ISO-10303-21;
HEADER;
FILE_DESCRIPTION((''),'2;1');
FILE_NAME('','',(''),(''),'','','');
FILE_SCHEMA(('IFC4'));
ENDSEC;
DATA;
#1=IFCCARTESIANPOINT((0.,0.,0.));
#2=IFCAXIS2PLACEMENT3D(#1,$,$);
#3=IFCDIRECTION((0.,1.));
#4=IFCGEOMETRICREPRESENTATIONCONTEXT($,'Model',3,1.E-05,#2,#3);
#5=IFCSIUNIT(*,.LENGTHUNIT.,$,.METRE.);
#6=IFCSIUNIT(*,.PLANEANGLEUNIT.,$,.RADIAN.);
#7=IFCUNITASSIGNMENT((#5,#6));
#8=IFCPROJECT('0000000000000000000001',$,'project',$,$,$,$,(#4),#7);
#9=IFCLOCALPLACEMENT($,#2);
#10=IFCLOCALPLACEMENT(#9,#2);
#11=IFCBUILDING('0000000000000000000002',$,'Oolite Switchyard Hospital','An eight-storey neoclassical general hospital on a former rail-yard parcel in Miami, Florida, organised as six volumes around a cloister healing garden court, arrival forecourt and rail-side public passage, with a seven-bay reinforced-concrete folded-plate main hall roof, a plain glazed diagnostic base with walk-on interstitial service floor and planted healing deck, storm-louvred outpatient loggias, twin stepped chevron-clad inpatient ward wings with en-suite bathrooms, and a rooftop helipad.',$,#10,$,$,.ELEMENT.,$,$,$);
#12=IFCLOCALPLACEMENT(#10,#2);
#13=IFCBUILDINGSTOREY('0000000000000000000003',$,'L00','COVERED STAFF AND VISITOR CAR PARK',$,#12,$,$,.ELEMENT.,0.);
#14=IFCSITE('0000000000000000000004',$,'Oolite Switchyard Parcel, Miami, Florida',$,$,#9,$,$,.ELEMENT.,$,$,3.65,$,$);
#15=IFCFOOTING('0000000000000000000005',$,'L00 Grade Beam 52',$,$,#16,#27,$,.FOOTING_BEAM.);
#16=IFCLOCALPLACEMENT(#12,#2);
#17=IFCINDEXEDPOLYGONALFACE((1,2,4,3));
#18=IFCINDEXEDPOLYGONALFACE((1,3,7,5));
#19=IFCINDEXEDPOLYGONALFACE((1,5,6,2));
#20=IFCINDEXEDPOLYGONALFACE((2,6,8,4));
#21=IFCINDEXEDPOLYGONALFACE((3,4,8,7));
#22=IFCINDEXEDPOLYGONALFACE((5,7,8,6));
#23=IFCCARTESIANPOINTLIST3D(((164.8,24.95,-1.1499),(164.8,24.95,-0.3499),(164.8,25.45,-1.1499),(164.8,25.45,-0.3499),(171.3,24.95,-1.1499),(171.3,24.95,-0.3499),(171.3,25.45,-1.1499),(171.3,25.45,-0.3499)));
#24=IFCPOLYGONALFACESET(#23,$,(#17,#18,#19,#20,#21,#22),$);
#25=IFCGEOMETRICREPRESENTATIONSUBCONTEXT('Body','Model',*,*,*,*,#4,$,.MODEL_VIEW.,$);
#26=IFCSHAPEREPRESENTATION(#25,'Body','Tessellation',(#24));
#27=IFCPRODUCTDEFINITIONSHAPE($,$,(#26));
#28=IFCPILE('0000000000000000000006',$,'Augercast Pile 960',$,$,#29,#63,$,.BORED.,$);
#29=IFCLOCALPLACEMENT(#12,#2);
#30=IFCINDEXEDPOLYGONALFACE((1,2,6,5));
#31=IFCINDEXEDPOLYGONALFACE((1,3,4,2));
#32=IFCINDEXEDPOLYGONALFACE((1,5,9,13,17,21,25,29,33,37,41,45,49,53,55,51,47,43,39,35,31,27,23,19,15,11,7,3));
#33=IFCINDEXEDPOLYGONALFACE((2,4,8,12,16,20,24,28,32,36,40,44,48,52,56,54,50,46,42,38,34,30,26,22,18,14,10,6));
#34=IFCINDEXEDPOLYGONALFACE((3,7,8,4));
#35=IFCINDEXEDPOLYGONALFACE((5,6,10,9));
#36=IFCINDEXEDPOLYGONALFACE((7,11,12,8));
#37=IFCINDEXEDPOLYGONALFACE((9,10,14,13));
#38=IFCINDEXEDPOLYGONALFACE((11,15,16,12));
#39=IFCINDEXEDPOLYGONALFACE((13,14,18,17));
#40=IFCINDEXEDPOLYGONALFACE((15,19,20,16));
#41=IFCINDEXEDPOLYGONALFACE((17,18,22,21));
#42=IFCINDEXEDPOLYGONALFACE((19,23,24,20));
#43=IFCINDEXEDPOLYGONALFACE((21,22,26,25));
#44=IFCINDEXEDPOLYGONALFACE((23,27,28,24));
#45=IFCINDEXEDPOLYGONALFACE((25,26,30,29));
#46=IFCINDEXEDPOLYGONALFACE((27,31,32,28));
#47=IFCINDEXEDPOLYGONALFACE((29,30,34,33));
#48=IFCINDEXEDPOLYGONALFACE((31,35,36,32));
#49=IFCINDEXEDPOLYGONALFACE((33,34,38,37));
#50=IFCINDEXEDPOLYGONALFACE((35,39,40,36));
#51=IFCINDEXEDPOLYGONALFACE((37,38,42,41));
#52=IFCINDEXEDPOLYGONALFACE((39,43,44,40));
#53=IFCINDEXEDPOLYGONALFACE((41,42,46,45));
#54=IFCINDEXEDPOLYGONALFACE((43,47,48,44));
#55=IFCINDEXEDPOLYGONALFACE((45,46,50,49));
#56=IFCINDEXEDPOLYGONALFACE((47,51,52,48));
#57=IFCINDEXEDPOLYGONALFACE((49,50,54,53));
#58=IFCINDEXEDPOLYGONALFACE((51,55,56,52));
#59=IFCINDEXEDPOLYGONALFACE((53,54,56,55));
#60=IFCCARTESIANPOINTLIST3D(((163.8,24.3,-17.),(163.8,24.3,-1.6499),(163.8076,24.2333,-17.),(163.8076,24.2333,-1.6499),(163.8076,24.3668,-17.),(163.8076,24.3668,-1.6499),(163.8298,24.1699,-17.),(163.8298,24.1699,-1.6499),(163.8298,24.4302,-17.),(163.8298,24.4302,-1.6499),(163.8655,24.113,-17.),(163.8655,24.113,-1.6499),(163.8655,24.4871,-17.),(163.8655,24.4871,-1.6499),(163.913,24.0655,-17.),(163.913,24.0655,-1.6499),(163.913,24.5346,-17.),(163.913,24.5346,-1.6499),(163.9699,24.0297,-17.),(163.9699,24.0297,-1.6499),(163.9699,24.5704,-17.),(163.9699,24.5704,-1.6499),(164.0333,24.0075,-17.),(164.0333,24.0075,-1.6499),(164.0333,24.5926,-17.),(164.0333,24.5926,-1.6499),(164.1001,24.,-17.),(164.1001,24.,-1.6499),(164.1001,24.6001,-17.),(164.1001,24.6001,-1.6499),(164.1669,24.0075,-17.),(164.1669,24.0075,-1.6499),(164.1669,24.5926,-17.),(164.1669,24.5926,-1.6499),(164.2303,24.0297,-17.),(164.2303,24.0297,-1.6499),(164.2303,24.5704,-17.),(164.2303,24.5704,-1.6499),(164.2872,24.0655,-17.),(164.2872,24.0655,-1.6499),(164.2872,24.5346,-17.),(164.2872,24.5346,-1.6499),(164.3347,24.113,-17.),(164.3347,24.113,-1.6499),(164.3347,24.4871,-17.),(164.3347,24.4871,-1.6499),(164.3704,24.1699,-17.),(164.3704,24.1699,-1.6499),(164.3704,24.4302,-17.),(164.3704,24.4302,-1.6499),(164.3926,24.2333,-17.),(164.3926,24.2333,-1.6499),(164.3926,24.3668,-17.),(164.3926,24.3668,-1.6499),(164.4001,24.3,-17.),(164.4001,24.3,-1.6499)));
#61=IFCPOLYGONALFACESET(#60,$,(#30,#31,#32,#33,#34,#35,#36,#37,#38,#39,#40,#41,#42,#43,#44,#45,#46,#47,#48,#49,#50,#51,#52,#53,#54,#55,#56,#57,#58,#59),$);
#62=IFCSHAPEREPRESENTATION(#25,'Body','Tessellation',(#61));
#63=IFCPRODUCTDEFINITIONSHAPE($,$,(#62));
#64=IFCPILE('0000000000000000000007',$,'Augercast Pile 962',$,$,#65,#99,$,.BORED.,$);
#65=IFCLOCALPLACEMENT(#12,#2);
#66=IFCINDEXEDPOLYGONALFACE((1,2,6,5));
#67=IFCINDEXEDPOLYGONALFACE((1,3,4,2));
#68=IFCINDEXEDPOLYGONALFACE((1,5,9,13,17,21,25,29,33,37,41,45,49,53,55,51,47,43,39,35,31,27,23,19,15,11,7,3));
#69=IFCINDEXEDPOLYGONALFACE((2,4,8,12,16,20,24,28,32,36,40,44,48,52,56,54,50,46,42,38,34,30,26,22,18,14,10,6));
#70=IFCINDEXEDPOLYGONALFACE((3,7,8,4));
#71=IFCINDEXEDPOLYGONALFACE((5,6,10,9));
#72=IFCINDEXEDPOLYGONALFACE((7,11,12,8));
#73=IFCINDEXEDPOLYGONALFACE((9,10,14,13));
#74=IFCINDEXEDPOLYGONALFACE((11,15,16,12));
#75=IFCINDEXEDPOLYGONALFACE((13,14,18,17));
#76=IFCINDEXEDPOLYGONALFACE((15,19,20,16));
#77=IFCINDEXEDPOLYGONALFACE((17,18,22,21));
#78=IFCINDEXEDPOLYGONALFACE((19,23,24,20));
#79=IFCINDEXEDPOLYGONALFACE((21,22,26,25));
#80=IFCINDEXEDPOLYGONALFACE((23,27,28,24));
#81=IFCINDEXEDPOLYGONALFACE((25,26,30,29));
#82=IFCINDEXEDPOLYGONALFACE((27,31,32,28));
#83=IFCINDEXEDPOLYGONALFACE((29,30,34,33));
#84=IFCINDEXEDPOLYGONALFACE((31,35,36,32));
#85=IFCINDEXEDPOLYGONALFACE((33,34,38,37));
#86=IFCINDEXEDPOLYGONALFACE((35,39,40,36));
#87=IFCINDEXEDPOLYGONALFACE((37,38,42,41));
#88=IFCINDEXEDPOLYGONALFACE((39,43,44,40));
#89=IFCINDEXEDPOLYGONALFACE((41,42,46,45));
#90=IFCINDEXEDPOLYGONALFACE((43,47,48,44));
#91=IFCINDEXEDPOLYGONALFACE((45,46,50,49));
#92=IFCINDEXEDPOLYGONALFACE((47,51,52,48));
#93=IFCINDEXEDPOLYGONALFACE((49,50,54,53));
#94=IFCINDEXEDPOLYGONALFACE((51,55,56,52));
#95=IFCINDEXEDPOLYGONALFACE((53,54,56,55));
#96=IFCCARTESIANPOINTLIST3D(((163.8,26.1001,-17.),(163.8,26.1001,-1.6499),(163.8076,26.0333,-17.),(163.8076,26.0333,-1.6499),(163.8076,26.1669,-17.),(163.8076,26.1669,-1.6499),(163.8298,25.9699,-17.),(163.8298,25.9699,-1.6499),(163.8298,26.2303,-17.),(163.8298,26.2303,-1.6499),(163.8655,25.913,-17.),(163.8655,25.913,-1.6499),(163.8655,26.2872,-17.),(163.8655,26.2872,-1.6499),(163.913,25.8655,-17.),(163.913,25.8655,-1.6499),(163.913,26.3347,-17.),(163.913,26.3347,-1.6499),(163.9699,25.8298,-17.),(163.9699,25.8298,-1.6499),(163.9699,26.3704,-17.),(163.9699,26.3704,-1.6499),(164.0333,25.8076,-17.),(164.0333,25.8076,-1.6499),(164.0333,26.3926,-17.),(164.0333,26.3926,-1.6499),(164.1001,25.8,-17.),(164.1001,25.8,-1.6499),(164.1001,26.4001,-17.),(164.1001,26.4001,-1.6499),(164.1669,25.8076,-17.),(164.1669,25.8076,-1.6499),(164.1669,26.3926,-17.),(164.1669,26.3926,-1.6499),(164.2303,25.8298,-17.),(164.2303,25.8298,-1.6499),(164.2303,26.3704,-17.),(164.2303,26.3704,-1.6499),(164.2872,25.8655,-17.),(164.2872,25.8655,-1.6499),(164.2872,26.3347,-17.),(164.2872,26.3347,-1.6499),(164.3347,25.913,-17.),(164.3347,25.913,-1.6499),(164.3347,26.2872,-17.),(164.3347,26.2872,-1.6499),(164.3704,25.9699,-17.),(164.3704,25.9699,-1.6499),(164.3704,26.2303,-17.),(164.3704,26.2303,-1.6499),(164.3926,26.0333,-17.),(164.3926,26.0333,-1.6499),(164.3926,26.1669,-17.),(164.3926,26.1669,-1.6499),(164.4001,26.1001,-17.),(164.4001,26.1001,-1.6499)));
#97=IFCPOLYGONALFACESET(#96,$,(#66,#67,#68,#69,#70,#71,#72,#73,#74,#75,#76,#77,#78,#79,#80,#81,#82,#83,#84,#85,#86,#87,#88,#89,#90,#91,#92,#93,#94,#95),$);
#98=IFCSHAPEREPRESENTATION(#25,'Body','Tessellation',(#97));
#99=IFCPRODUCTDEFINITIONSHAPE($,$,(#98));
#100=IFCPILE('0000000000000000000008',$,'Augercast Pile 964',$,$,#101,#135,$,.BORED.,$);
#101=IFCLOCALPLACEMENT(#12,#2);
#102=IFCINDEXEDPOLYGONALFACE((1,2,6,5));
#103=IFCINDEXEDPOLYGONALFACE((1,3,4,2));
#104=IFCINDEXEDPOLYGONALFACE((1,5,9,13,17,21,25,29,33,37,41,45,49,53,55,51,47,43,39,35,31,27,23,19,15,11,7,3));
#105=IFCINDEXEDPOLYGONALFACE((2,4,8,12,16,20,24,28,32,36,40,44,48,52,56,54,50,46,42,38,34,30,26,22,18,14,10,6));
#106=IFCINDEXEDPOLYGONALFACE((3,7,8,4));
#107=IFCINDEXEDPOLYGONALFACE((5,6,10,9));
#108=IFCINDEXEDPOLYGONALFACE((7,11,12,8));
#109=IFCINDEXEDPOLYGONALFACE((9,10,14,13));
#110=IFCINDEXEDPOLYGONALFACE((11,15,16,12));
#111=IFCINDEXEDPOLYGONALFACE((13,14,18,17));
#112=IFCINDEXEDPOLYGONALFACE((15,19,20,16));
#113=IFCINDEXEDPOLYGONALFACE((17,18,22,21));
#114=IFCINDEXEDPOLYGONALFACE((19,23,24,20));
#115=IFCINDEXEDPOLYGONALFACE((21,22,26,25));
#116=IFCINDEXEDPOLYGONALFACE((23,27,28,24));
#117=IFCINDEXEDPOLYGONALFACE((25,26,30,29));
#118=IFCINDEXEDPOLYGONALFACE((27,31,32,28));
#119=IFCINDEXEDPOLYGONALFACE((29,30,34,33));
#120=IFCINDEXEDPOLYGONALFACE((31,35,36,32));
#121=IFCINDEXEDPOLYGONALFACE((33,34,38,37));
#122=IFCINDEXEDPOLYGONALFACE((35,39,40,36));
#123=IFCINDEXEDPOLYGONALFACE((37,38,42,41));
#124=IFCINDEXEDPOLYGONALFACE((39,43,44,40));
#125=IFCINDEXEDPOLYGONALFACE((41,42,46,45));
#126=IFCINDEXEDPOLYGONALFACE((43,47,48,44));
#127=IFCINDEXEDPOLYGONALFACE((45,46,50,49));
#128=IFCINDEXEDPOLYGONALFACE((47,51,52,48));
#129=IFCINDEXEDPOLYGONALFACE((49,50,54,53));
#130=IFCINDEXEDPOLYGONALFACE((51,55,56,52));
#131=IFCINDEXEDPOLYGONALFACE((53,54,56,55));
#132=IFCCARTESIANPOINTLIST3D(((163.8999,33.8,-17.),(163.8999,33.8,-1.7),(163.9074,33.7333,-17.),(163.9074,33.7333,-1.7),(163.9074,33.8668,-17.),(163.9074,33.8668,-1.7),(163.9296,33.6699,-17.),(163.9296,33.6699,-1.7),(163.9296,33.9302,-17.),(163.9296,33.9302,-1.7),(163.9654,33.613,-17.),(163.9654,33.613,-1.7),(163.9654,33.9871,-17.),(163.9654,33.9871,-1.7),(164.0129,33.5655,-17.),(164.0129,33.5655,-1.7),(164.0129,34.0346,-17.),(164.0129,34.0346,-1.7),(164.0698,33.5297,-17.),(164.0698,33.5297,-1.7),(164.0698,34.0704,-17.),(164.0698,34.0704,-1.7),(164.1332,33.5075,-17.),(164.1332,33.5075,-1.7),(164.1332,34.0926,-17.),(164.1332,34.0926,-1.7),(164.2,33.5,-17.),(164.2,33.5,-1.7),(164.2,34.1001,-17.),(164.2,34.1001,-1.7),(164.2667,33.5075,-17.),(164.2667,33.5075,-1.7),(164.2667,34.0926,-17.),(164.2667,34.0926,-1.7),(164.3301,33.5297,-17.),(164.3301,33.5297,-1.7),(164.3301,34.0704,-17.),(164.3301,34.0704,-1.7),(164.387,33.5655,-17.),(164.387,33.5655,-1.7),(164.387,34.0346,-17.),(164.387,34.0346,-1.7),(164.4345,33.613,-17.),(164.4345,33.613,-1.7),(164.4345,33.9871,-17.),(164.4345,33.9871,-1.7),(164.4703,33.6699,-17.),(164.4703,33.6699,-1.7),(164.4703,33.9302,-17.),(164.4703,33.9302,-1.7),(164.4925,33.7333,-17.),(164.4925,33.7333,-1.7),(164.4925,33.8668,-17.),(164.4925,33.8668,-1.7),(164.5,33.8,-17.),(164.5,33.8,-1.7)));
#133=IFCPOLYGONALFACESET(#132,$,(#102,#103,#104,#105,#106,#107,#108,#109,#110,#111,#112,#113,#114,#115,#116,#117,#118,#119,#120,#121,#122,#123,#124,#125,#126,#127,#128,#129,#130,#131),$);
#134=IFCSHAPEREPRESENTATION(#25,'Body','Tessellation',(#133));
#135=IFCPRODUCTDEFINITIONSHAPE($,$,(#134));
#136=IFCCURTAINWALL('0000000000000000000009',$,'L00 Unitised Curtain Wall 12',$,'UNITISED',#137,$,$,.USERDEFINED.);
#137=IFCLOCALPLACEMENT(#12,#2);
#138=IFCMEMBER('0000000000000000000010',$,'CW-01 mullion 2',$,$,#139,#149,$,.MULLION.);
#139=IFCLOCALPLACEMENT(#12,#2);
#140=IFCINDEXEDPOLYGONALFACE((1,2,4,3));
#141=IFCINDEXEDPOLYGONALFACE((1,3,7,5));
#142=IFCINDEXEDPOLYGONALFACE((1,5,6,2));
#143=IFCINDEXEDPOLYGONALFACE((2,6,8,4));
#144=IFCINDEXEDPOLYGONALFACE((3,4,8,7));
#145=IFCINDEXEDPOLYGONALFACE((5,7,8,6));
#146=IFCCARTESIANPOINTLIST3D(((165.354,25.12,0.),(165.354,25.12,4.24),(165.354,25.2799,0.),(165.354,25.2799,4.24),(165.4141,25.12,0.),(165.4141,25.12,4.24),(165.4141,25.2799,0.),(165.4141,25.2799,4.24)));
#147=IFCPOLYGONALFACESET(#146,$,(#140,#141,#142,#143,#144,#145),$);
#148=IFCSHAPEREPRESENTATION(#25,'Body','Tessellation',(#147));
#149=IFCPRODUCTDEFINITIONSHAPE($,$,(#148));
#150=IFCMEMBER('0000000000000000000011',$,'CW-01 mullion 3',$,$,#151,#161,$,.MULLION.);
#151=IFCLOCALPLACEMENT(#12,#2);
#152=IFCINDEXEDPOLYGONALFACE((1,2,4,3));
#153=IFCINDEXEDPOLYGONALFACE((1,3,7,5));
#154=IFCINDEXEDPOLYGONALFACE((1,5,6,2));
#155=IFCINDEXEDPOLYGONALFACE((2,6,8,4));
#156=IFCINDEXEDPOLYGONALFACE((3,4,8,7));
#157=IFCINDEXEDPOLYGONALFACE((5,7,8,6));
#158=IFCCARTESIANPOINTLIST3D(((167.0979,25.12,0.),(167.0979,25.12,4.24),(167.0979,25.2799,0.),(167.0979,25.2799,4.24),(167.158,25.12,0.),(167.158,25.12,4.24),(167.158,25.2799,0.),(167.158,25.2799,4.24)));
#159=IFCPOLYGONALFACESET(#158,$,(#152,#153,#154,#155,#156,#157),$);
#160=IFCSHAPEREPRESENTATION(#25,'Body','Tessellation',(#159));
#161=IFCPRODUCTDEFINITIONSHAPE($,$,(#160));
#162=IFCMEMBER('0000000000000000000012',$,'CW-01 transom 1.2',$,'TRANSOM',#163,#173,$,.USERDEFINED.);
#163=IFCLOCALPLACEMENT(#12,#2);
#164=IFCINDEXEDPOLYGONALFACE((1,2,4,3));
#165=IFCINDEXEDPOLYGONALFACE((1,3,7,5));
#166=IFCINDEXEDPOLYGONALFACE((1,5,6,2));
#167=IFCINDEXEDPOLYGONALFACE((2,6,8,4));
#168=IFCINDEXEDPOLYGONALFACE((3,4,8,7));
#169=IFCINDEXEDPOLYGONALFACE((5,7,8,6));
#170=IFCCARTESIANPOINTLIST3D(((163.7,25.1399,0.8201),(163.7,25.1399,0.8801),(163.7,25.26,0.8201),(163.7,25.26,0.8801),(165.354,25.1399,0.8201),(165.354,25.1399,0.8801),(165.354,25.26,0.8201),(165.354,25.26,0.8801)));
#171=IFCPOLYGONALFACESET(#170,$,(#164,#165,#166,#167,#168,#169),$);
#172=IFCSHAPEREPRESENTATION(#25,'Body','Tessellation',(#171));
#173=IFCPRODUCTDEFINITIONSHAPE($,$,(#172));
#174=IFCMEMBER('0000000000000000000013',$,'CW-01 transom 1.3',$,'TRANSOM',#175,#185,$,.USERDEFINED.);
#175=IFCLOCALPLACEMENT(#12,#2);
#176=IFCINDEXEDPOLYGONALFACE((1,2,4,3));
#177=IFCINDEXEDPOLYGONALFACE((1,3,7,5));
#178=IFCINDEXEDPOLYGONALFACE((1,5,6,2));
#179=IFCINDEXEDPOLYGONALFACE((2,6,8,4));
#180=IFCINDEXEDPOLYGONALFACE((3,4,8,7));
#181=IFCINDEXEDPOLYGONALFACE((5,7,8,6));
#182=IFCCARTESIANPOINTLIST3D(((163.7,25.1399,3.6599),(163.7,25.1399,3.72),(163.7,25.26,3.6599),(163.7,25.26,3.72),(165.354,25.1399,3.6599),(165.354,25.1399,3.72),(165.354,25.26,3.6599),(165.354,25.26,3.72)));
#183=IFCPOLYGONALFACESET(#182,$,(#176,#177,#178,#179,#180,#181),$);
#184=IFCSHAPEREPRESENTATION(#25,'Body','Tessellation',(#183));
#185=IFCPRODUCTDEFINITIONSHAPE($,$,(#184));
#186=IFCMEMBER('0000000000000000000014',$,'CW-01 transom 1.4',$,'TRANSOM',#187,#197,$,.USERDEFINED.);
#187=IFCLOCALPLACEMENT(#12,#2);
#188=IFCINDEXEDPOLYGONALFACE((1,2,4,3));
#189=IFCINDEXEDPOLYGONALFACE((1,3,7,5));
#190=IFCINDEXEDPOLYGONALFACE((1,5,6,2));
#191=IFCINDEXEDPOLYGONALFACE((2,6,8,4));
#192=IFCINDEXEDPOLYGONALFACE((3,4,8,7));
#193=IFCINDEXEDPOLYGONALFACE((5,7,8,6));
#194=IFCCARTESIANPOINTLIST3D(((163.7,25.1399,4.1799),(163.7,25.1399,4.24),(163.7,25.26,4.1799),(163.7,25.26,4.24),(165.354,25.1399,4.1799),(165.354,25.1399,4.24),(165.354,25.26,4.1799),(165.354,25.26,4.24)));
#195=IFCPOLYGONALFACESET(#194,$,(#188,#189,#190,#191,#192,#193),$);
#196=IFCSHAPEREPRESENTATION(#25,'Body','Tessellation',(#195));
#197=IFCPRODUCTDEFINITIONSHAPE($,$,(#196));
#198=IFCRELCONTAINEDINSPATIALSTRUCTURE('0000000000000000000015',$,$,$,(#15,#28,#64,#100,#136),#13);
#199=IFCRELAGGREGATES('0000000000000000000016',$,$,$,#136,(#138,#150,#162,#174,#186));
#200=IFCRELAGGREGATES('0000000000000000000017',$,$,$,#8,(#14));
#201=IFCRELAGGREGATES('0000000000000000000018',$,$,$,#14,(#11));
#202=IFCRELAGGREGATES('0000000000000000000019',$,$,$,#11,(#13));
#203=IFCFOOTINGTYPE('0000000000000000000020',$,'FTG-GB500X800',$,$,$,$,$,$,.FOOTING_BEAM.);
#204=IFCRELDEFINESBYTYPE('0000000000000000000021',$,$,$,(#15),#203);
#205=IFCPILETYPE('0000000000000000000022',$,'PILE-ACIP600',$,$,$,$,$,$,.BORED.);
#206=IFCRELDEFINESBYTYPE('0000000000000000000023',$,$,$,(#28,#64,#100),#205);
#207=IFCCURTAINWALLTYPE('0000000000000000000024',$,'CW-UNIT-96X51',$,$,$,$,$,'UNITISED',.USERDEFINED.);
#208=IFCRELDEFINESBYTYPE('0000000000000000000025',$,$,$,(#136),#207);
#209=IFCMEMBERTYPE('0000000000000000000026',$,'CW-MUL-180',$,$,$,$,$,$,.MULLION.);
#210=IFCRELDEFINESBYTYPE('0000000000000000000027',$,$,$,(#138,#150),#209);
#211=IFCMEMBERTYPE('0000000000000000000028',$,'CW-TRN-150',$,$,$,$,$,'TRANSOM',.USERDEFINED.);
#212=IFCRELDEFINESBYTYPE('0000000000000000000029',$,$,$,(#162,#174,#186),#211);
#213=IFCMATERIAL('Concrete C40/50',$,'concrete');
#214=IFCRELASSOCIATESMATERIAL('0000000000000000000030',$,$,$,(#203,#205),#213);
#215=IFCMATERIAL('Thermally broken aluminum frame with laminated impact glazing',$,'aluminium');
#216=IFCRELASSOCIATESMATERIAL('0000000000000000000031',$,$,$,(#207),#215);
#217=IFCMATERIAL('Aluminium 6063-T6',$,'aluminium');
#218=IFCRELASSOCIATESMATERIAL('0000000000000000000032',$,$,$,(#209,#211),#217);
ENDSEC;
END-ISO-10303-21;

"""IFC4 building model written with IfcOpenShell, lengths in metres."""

from ifc_helpers import new_model, si_unit, direction, frame, origin, origin_2d, place, context, subcontext, project, spatial, rectangle, circle, extrude, material, material_profile, profile_set, type_object, element, aggregate, save


model = new_model("IFC4")

# Units and contexts
model_context = context("Model", 3, precision=1e-05, world=origin(), true_north=direction((0.0, 1.0)))
body_context = subcontext(model_context, "Body", "Model", "MODEL_VIEW")
ifc_project = project(units=[si_unit("LENGTHUNIT", "METRE"), si_unit("PLANEANGLEUNIT", "RADIAN")], contexts=[model_context])

# Site, building, storey
site_placement = place(None, origin())
site = spatial("IfcSite", under=ifc_project, at=site_placement, Name="Oolite Switchyard Parcel, Miami, Florida", CompositionType="ELEMENT", RefElevation=3.65)
building_placement = place(site_placement, origin())
building = spatial("IfcBuilding", under=site, at=building_placement, Name="Oolite Switchyard Hospital", Description="An eight-storey neoclassical general hospital on a former rail-yard parcel in Miami, Florida, organised as six volumes around a cloister healing garden court, arrival forecourt and rail-side public passage, with a seven-bay reinforced-concrete folded-plate main hall roof, a plain glazed diagnostic base with walk-on interstitial service floor and planted healing deck, storm-louvred outpatient loggias, twin stepped chevron-clad inpatient ward wings with en-suite bathrooms, and a rooftop helipad.", CompositionType="ELEMENT")
storey_placement = place(building_placement, origin())
storey = spatial("IfcBuildingStorey", under=building, at=storey_placement, Name="L00", Description="COVERED STAFF AND VISITOR CAR PARK", CompositionType="ELEMENT", Elevation=0.0)

# Footing
ifc_material_1 = material(Name="Concrete C40/50", Category="concrete")
footing_type = type_object("IfcFootingType", Name="FTG-GB500X800", PredefinedType="FOOTING_BEAM", material=ifc_material_1)
footing_placement = place(storey_placement, frame((168.05, 25.2, -1.1499), z_axis=(0.0, 0.0, 1.0), x_axis=(1.0, 0.0, 0.0)))
element("IfcFooting", 1, at=footing_placement, inside=storey, type_object=footing_type, Name="L00 Grade Beam 52", PredefinedType="FOOTING_BEAM", context=body_context, shape_type="SweptSolid", body=[
    extrude(rectangle(XDim=6.5, YDim=0.5, at=origin_2d()), origin(), (0.0, 0.0, 1.0), 0.8),
])

# Piles
ifc_material_profile_1 = material_profile(ifc_material_1, circle(Radius=0.3, at=origin_2d()), Name="PILE600")
ifc_profile_set_1 = profile_set([ifc_material_profile_1], Name="Concrete C40/50")
pile_type = type_object("IfcPileType", Name="PILE-ACIP600", PredefinedType="BORED", material=ifc_profile_set_1)
for number, where, z_axis, x_axis, name in (
    (2, (164.1001, 24.3, -1.6499), (0.0, 0.0, -1.0), (1.0, 0.0, 0.0), "Augercast Pile 960"),
    (3, (164.1001, 26.1001, -1.6499), (0.0, 0.0, -1.0), (1.0, 0.0, 0.0), "Augercast Pile 962"),
):
    element("IfcPile", number, at=place(storey_placement, frame(where, z_axis=z_axis, x_axis=x_axis)), inside=storey, type_object=pile_type, Name=name, PredefinedType="BORED", context=body_context, shape_type="SweptSolid", body=[
        extrude(circle(Radius=0.3, at=origin_2d()), origin(), (0.0, 0.0, 1.0), 15.3501),
    ])
pile_placement = place(storey_placement, frame((164.2, 33.8, -1.7), z_axis=(0.0, 0.0, -1.0), x_axis=(1.0, 0.0, 0.0)))
element("IfcPile", 4, at=pile_placement, inside=storey, type_object=pile_type, Name="Augercast Pile 964", PredefinedType="BORED", context=body_context, shape_type="SweptSolid", body=[
    extrude(circle(Radius=0.3, at=origin_2d()), origin(), (0.0, 0.0, 1.0), 15.3),
])

# Curtain wall, members
ifc_material_2 = material(Name="Thermally broken aluminum frame with laminated impact glazing", Category="aluminium")
curtain_wall_type = type_object("IfcCurtainWallType", Name="CW-UNIT-96X51", ElementType="UNITISED", PredefinedType="USERDEFINED", material=ifc_material_2)
curtain_wall_placement = place(storey_placement, origin())
curtain_wall = element("IfcCurtainWall", 5, at=curtain_wall_placement, inside=storey, type_object=curtain_wall_type, Name="L00 Unitised Curtain Wall 12", ObjectType="UNITISED", PredefinedType="USERDEFINED")
ifc_material_3 = material(Name="Aluminium 6063-T6", Category="aluminium")
ifc_material_profile_2 = material_profile(ifc_material_3, rectangle(XDim=0.1599, YDim=0.0601, at=origin_2d()), Name="CWM60X160")
ifc_profile_set_2 = profile_set([ifc_material_profile_2], Name="Aluminium 6063-T6")
member_type_1 = type_object("IfcMemberType", Name="CW-MUL-180", PredefinedType="MULLION", material=ifc_profile_set_2)
member_1_placement = place(storey_placement, frame((165.384, 25.2, 0.0), z_axis=(0.0, 0.0, 1.0), x_axis=(0.0, 1.0, 0.0)))
member_1 = element("IfcMember", 6, at=member_1_placement, type_object=member_type_1, Name="CW-01 mullion 2", PredefinedType="MULLION", context=body_context, shape_type="SweptSolid", body=[
    extrude(rectangle(XDim=0.1599, YDim=0.0601, at=origin_2d()), origin(), (0.0, 0.0, 1.0), 4.24),
])
member_2_placement = place(storey_placement, frame((167.1279, 25.2, 0.0), z_axis=(0.0, 0.0, 1.0), x_axis=(0.0, 1.0, 0.0)))
member_2 = element("IfcMember", 7, at=member_2_placement, type_object=member_type_1, Name="CW-01 mullion 3", PredefinedType="MULLION", context=body_context, shape_type="SweptSolid", body=[
    extrude(rectangle(XDim=0.1599, YDim=0.0601, at=origin_2d()), origin(), (0.0, 0.0, 1.0), 4.24),
])
ifc_material_profile_3 = material_profile(ifc_material_3, rectangle(XDim=0.1201, YDim=0.0601, at=origin_2d()), Name="CWT60X120")
ifc_profile_set_3 = profile_set([ifc_material_profile_3], Name="Aluminium 6063-T6")
member_type_2 = type_object("IfcMemberType", Name="CW-TRN-150", ElementType="TRANSOM", PredefinedType="USERDEFINED", material=ifc_profile_set_3)
member_3_placement = place(storey_placement, frame((163.7, 25.2, 0.8501), z_axis=(1.0, 0.0, 0.0), x_axis=(0.0, 1.0, 0.0)))
member_3 = element("IfcMember", 8, at=member_3_placement, type_object=member_type_2, Name="CW-01 transom 1.2", ObjectType="TRANSOM", PredefinedType="USERDEFINED", context=body_context, shape_type="SweptSolid", body=[
    extrude(rectangle(XDim=0.1201, YDim=0.0601, at=origin_2d()), origin(), (0.0, 0.0, 1.0), 1.6541),
])
member_4_placement = place(storey_placement, frame((163.7, 25.2, 3.6899), z_axis=(1.0, 0.0, 0.0), x_axis=(0.0, 1.0, 0.0)))
member_4 = element("IfcMember", 9, at=member_4_placement, type_object=member_type_2, Name="CW-01 transom 1.3", ObjectType="TRANSOM", PredefinedType="USERDEFINED", context=body_context, shape_type="SweptSolid", body=[
    extrude(rectangle(XDim=0.1201, YDim=0.0601, at=origin_2d()), origin(), (0.0, 0.0, 1.0), 1.6541),
])
member_5_placement = place(storey_placement, frame((163.7, 25.2, 4.21), z_axis=(1.0, 0.0, 0.0), x_axis=(0.0, 1.0, 0.0)))
member_5 = element("IfcMember", 10, at=member_5_placement, type_object=member_type_2, Name="CW-01 transom 1.4", ObjectType="TRANSOM", PredefinedType="USERDEFINED", context=body_context, shape_type="SweptSolid", body=[
    extrude(rectangle(XDim=0.1201, YDim=0.0601, at=origin_2d()), origin(), (0.0, 0.0, 1.0), 1.6541),
])
aggregate(curtain_wall, [member_1, member_2, member_3, member_4, member_5])

save(model, "model.ifc")
